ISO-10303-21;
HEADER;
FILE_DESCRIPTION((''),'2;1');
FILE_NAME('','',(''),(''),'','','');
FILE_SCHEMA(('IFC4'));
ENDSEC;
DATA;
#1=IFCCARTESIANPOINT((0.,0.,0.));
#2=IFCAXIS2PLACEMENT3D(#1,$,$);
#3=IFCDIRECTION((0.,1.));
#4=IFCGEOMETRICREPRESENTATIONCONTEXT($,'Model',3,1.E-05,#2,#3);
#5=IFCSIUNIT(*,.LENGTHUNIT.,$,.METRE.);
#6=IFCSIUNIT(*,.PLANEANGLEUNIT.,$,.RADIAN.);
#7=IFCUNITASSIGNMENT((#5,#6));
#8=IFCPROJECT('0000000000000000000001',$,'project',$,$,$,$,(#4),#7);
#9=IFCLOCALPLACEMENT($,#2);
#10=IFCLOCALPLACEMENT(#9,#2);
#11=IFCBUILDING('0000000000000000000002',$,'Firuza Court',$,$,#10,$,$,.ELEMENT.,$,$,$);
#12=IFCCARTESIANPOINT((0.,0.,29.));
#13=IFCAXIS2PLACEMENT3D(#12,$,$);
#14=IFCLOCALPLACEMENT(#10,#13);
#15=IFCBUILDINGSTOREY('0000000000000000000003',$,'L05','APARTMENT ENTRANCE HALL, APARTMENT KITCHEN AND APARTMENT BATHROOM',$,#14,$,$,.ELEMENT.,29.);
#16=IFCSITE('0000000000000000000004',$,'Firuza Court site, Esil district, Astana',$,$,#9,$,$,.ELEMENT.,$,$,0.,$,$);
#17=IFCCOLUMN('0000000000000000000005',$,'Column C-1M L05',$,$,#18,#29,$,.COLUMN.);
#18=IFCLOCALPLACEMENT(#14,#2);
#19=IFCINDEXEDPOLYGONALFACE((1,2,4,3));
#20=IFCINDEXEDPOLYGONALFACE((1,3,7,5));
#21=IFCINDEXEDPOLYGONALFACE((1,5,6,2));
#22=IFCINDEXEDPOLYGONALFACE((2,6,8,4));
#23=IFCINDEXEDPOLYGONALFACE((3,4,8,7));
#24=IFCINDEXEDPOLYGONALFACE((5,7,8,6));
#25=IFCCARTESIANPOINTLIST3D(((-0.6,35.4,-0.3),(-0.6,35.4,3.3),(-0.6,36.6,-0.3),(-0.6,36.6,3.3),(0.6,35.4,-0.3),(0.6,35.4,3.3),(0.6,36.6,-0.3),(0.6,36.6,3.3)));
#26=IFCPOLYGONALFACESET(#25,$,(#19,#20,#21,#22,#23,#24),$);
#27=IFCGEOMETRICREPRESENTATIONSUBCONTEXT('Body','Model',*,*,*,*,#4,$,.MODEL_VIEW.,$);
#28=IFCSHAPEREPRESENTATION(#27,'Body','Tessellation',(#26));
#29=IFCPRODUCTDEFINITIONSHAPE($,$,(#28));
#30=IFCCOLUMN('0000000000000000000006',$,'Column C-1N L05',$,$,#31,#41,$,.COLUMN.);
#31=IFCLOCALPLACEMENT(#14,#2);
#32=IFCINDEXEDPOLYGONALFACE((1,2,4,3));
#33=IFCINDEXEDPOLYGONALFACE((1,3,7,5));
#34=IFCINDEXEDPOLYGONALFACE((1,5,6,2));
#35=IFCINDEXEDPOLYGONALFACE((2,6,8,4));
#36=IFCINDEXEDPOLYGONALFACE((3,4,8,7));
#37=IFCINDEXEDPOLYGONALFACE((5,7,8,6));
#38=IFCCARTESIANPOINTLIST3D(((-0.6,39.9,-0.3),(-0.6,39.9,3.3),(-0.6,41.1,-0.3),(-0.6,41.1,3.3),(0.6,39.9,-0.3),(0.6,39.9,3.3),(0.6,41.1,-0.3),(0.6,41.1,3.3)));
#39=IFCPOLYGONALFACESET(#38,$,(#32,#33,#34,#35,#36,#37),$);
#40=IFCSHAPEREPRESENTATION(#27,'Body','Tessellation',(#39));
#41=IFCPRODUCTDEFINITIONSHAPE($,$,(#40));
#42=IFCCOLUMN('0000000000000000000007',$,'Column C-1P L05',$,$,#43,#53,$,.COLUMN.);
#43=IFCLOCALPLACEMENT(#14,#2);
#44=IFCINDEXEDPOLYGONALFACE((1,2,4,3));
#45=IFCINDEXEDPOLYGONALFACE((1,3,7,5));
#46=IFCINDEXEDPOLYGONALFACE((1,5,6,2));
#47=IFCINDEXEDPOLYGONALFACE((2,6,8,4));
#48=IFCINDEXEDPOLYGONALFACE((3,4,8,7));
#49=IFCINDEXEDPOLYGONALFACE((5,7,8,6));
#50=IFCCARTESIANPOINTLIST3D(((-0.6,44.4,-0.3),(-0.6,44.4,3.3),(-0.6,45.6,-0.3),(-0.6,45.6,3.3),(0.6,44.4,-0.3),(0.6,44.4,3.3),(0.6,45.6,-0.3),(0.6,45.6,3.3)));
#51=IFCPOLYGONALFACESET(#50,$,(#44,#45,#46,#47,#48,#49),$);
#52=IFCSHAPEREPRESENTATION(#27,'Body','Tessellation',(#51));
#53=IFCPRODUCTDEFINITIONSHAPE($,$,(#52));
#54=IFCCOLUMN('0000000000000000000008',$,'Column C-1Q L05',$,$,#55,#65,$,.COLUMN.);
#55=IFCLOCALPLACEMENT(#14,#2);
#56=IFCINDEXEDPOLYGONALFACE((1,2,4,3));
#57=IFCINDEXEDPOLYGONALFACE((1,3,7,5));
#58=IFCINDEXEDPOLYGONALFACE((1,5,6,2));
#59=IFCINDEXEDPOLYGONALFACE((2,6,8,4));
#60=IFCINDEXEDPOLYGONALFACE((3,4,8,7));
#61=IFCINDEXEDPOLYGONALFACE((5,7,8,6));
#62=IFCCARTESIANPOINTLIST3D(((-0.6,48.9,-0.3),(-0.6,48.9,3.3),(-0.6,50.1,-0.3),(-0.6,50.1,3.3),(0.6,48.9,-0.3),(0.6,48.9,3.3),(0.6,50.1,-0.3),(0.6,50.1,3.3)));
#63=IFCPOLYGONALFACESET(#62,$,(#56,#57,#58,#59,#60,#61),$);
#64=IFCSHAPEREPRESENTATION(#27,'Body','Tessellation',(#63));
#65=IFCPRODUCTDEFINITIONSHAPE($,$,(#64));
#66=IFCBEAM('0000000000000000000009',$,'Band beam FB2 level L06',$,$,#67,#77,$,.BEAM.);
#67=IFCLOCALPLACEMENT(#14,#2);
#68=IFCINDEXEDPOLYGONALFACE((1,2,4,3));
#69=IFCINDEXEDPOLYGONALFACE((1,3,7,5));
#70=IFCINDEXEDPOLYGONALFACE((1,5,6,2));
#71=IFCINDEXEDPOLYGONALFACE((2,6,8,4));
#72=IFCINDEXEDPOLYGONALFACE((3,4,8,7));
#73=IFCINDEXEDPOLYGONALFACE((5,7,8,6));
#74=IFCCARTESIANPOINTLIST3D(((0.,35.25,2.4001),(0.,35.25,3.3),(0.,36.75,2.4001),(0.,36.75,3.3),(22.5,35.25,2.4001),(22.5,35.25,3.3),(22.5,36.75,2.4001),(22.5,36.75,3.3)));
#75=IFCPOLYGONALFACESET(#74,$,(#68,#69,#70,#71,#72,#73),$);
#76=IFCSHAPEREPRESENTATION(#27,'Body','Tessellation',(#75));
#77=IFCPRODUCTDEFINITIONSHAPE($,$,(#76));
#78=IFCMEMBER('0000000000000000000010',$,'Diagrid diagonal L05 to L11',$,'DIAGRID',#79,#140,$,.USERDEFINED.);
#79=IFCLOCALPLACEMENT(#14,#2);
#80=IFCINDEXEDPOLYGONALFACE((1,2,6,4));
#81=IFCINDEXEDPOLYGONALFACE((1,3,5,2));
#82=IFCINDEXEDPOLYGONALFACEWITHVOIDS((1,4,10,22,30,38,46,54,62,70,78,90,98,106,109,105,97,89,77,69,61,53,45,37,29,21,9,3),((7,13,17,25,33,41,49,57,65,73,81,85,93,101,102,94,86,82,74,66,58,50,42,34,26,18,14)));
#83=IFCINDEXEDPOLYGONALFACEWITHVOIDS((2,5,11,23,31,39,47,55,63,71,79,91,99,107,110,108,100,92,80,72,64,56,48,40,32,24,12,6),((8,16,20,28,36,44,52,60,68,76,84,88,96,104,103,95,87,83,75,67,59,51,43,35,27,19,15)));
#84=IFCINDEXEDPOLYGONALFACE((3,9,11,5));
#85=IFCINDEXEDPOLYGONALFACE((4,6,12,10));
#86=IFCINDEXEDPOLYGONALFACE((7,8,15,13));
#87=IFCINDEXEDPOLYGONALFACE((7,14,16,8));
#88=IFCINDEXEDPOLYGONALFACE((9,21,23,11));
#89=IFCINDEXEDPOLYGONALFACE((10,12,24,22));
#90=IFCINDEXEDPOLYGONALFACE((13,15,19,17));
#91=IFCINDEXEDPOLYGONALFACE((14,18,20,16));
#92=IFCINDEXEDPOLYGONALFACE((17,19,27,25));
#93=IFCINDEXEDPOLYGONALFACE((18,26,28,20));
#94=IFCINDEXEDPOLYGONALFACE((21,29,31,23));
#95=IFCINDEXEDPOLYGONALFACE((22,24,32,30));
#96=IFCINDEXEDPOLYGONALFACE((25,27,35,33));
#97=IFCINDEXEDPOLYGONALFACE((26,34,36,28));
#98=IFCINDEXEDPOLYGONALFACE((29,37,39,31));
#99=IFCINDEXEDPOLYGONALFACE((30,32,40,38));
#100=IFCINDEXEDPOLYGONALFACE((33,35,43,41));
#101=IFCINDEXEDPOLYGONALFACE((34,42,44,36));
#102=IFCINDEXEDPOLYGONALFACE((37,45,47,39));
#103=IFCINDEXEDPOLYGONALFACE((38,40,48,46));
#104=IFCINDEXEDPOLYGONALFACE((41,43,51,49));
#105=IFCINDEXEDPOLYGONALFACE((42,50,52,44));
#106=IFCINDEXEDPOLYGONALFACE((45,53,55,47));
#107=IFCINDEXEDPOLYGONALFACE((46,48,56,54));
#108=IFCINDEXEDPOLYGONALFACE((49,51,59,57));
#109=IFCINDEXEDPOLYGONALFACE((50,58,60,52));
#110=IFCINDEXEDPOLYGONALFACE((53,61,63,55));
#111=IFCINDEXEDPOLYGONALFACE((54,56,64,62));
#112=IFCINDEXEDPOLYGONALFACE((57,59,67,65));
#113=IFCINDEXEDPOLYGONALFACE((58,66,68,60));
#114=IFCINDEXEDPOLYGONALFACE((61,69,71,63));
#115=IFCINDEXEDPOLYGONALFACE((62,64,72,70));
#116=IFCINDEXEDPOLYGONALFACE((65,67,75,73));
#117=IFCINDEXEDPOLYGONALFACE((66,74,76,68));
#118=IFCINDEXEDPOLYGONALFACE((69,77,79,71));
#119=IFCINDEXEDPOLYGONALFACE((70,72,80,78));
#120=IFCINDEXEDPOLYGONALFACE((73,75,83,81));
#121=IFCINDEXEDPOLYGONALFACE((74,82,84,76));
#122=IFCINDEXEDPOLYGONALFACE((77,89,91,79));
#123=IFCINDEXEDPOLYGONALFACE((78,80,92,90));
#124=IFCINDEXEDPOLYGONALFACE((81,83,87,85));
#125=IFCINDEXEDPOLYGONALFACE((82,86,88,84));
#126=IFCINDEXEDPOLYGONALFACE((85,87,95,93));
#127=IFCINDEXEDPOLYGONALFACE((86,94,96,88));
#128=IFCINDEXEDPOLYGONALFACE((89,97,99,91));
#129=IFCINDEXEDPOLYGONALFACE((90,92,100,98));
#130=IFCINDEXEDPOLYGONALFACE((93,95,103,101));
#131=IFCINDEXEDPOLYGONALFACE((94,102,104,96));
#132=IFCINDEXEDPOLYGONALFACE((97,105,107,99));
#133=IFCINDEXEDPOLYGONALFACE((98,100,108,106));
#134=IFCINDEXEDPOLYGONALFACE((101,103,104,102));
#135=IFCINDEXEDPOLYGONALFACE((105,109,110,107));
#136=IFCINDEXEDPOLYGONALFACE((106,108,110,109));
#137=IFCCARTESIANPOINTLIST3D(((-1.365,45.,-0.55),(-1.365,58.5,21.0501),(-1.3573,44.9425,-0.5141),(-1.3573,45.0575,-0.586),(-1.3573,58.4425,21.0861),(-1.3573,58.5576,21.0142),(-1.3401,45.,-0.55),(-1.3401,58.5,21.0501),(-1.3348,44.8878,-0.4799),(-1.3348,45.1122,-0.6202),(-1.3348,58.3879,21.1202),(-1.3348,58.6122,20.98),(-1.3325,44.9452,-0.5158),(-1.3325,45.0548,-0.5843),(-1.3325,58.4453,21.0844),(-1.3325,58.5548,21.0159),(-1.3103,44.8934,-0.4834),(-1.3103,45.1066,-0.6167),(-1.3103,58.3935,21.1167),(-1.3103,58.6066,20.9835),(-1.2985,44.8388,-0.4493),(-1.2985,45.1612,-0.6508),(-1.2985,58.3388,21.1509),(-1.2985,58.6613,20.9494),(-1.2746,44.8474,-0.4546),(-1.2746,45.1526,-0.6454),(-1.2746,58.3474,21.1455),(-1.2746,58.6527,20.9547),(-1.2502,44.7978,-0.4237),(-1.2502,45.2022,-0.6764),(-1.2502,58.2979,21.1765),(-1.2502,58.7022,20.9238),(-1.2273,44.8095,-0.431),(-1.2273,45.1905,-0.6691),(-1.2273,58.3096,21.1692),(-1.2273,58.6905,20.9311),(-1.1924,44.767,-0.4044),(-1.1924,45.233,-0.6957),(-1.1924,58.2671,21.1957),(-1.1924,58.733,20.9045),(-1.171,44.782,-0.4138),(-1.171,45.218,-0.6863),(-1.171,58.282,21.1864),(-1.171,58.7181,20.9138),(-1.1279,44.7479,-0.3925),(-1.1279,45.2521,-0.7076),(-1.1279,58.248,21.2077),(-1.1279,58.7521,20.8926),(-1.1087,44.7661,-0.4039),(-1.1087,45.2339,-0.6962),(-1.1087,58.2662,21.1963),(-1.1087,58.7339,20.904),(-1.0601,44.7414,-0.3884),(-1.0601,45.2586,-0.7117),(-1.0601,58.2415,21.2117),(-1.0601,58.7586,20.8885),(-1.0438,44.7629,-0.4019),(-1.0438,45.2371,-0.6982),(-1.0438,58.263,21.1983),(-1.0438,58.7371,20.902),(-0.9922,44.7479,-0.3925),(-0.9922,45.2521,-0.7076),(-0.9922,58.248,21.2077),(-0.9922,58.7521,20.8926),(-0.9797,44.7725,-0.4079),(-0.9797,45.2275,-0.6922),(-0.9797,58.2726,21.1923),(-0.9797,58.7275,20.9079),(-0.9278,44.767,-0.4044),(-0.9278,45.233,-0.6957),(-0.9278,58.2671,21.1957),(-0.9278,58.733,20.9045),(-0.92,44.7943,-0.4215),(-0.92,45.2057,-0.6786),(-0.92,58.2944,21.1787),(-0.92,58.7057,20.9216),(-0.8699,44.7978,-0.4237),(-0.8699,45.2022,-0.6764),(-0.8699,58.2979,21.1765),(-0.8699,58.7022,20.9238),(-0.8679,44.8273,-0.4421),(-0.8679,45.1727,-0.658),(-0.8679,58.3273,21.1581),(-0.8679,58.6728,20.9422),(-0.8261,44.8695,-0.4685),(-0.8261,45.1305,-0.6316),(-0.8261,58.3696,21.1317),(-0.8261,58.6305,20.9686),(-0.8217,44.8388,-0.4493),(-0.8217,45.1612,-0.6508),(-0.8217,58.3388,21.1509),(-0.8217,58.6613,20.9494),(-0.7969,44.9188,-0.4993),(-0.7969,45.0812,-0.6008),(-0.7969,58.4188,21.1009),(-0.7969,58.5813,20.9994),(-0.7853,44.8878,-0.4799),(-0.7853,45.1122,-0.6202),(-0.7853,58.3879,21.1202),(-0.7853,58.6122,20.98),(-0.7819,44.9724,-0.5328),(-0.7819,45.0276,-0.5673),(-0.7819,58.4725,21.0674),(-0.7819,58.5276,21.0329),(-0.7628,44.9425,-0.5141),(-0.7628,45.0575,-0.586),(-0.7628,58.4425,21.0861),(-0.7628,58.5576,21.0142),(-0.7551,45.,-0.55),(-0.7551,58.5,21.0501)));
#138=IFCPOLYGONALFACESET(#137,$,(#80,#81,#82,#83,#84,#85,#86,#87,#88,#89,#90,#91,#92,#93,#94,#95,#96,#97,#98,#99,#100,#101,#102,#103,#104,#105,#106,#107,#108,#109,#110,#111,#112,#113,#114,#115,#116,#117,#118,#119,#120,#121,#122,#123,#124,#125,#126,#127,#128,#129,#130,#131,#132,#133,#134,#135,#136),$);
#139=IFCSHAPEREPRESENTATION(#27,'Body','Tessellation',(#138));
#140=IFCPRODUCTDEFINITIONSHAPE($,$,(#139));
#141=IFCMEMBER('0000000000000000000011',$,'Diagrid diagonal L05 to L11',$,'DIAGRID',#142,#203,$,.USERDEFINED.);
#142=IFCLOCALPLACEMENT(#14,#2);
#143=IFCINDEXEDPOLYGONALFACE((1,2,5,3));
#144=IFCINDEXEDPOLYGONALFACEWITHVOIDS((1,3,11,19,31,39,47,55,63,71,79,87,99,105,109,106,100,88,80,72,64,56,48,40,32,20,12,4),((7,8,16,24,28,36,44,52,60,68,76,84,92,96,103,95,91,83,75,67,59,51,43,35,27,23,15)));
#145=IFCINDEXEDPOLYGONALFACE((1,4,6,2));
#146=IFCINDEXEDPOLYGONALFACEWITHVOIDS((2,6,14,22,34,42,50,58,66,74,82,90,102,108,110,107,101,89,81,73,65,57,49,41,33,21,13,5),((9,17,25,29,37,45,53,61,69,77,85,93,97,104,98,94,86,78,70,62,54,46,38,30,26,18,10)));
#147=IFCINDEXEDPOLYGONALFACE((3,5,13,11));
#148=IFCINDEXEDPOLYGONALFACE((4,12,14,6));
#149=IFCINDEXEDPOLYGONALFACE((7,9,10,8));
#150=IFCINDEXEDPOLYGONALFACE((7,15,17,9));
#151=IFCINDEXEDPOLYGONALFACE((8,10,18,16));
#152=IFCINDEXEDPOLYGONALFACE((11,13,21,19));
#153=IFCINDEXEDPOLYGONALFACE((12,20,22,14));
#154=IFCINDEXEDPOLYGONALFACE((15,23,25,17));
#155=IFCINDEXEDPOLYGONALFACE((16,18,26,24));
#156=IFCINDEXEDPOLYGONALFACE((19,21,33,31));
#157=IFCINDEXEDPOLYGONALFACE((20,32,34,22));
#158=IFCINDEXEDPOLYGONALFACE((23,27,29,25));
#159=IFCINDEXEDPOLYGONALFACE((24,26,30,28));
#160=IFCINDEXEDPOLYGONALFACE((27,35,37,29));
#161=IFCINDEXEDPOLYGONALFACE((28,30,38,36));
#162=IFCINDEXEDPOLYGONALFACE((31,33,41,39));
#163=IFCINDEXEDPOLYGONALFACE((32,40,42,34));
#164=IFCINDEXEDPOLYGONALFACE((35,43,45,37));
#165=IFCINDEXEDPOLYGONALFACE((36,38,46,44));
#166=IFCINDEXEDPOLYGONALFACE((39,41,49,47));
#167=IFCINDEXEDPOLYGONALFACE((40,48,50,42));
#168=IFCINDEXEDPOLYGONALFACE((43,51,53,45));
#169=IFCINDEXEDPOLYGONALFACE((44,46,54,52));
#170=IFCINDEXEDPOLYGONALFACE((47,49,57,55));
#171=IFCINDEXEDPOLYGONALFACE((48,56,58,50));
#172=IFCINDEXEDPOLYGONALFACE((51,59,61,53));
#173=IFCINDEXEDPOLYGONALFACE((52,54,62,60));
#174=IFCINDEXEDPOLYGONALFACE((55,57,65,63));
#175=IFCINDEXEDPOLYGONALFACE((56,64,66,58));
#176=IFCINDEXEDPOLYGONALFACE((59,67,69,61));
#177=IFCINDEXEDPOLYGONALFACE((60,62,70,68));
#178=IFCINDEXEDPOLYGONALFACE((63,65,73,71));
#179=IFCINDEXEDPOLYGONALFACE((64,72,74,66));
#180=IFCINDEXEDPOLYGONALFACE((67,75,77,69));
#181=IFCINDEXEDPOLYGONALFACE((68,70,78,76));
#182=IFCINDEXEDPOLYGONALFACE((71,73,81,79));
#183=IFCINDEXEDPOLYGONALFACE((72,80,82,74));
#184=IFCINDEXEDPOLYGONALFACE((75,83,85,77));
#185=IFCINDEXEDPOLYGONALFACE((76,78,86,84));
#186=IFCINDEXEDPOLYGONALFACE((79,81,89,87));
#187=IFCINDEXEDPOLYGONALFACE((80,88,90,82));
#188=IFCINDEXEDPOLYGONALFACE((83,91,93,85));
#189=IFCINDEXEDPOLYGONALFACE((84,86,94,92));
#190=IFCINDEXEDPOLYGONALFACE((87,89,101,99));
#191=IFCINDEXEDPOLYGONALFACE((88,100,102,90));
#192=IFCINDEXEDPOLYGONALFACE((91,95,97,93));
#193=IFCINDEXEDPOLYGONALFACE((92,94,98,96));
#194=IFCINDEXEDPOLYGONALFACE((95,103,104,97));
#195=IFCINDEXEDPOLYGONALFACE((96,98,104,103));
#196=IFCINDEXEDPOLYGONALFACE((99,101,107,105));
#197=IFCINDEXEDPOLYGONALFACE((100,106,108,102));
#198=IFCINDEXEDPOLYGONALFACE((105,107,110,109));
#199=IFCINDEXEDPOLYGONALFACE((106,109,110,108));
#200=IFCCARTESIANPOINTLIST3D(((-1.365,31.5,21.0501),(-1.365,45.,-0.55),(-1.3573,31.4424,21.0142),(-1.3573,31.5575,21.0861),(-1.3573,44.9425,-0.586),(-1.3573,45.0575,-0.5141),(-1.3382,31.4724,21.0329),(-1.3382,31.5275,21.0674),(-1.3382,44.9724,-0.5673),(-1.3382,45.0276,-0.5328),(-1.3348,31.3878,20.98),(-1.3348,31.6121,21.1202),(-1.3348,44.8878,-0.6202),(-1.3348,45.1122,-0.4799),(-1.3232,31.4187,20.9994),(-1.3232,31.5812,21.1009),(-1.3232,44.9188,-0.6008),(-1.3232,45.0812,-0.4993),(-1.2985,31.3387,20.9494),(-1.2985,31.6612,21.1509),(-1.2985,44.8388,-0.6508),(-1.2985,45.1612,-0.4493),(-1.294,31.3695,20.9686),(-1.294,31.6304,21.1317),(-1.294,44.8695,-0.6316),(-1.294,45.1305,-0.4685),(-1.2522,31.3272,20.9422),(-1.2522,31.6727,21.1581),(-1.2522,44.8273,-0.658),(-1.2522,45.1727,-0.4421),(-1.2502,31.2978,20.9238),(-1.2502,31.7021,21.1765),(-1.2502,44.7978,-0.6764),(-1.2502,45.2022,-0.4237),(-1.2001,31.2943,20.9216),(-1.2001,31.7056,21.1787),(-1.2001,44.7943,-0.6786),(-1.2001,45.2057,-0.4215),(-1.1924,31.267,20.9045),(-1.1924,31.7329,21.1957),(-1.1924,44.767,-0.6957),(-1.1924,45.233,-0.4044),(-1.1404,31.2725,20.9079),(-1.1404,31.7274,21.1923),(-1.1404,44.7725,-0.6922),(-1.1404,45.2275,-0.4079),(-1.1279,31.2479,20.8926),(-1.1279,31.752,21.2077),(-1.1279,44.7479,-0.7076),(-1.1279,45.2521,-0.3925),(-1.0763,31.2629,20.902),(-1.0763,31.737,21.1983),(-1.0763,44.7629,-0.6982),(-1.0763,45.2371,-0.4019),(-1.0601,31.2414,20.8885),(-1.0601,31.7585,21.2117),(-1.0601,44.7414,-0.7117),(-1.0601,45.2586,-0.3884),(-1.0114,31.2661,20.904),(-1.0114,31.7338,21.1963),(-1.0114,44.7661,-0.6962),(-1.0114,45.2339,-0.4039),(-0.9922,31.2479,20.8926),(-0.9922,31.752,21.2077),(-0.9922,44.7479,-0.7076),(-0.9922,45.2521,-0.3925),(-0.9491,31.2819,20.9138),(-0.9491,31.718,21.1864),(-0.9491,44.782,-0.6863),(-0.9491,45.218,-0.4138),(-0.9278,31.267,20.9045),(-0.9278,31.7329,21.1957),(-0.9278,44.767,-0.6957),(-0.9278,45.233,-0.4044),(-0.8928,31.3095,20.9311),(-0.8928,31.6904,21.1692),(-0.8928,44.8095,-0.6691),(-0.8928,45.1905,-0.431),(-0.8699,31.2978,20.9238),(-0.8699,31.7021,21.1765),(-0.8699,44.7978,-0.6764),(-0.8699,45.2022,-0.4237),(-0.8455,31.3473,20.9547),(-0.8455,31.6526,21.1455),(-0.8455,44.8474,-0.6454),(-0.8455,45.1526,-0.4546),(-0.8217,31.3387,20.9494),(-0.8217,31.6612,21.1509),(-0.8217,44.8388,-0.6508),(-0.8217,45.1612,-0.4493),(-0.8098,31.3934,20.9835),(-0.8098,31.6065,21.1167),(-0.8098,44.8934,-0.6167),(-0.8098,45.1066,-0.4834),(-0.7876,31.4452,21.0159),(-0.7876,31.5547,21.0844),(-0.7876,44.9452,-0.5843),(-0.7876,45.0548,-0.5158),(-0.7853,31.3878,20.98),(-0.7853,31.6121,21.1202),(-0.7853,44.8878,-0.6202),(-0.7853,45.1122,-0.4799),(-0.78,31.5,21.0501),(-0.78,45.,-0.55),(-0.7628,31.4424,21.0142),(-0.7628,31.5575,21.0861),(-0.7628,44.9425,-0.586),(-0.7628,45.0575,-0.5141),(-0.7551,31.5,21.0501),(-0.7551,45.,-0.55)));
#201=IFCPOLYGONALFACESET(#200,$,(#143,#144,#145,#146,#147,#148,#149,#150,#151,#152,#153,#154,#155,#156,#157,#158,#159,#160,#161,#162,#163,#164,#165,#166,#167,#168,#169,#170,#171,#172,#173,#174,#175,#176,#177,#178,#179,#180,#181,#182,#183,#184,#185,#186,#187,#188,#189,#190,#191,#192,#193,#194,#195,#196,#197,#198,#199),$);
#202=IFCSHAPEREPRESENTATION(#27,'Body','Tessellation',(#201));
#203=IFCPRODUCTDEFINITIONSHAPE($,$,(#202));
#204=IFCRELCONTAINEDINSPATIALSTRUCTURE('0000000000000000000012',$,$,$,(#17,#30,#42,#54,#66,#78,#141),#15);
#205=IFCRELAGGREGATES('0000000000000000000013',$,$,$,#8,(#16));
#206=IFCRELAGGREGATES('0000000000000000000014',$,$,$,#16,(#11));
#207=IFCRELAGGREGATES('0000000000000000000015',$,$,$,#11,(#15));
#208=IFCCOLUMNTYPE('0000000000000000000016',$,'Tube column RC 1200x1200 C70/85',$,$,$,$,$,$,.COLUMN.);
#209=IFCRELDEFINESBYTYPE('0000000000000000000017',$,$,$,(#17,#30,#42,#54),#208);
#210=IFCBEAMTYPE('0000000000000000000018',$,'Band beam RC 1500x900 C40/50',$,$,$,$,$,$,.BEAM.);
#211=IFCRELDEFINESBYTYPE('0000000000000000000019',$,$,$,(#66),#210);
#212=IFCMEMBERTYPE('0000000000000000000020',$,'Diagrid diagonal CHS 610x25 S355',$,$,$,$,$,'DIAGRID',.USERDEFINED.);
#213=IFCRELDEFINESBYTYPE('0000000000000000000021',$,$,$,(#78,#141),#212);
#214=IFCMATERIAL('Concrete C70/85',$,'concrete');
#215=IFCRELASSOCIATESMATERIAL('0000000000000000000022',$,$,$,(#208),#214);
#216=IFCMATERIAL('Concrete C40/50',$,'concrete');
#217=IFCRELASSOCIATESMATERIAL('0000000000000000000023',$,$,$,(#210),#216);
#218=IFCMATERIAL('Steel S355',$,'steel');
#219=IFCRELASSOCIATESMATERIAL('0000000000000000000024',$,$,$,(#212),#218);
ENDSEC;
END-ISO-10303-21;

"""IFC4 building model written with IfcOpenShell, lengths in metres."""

from ifc_helpers import new_model, si_unit, direction, frame, origin, origin_2d, place, context, subcontext, project, spatial, rectangle, hollow_circle, extrude, material, material_profile, profile_set, type_object, element, save


model = new_model("IFC4")

# Units and contexts
model_context = context("Model", 3, precision=1e-05, world=origin(), true_north=direction((0.0, 1.0)))
body_context = subcontext(model_context, "Body", "Model", "MODEL_VIEW")
ifc_project = project(units=[si_unit("LENGTHUNIT", "METRE"), si_unit("PLANEANGLEUNIT", "RADIAN")], contexts=[model_context])

# Site, building, storey
site_placement = place(None, origin())
site = spatial("IfcSite", under=ifc_project, at=site_placement, Name="Firuza Court site, Esil district, Astana", CompositionType="ELEMENT", RefElevation=0.0)
building_placement = place(site_placement, origin())
building = spatial("IfcBuilding", under=site, at=building_placement, Name="Firuza Court", CompositionType="ELEMENT")
storey_placement = place(building_placement, frame((0.0, 0.0, 29.0)))
storey = spatial("IfcBuildingStorey", under=building, at=storey_placement, Name="L05", Description="APARTMENT ENTRANCE HALL, APARTMENT KITCHEN AND APARTMENT BATHROOM", CompositionType="ELEMENT", Elevation=29.0)

# Columns
ifc_material_1 = material(Name="Concrete C70/85", Category="concrete")
ifc_material_profile_1 = material_profile(ifc_material_1, rectangle(XDim=1.2, YDim=1.2, at=origin_2d()), Name="RC 1200x1200")
ifc_profile_set_1 = profile_set([ifc_material_profile_1], Name="Concrete C70/85")
column_type = type_object("IfcColumnType", Name="Tube column RC 1200x1200 C70/85", PredefinedType="COLUMN", material=ifc_profile_set_1)
for number, where, z_axis, x_axis, name in (
    (1, (0.0, 36.0, -0.3), (0.0, 0.0, 1.0), (1.0, 0.0, 0.0), "Column C-1M L05"),
    (2, (0.0, 40.5, -0.3), (0.0, 0.0, 1.0), (1.0, 0.0, 0.0), "Column C-1N L05"),
    (3, (0.0, 45.0, -0.3), (0.0, 0.0, 1.0), (1.0, 0.0, 0.0), "Column C-1P L05"),
    (4, (0.0, 49.5, -0.3), (0.0, 0.0, 1.0), (1.0, 0.0, 0.0), "Column C-1Q L05"),
):
    element("IfcColumn", number, at=place(storey_placement, frame(where, z_axis=z_axis, x_axis=x_axis)), inside=storey, type_object=column_type, Name=name, PredefinedType="COLUMN", context=body_context, shape_type="SweptSolid", body=[
        extrude(rectangle(XDim=1.2, YDim=1.2, at=origin_2d()), origin(), (0.0, 0.0, 1.0), 3.6001),
    ])

# Beam
ifc_material_2 = material(Name="Concrete C40/50", Category="concrete")
ifc_material_profile_2 = material_profile(ifc_material_2, rectangle(XDim=1.5, YDim=0.8999, at=origin_2d()), Name="RC 1500x900")
ifc_profile_set_2 = profile_set([ifc_material_profile_2], Name="Concrete C40/50")
beam_type_1 = type_object("IfcBeamType", Name="Band beam RC 1500x900 C40/50", PredefinedType="BEAM", material=ifc_profile_set_2)
beam_placement = place(storey_placement, frame((0.0, 36.0, 2.8501), z_axis=(1.0, 0.0, 0.0), x_axis=(0.0, 1.0, 0.0)))
element("IfcBeam", 5, at=beam_placement, inside=storey, type_object=beam_type_1, Name="Band beam FB2 level L06", PredefinedType="BEAM", context=body_context, shape_type="SweptSolid", body=[
    extrude(rectangle(XDim=1.5, YDim=0.8999, at=origin_2d()), origin(), (0.0, 0.0, 1.0), 22.5),
])

# Members
ifc_material_3 = material(Name="Steel S355", Category="steel")
ifc_material_profile_3 = material_profile(ifc_material_3, hollow_circle(Radius=0.3049, WallThickness=0.0249, at=origin_2d()), Name="CHS 610x25")
ifc_profile_set_3 = profile_set([ifc_material_profile_3], Name="Steel S355")
member_type = type_object("IfcMemberType", Name="Diagrid diagonal CHS 610x25 S355", ElementType="DIAGRID", PredefinedType="USERDEFINED", material=ifc_profile_set_3)
for number, where, z_axis, x_axis, name in (
    (6, (-1.0601, 45.0, -0.55), (0.0, 0.529997, 0.847999), (-1.0, 0.0, 0.0), "Diagrid diagonal L05 to L11"),
    (7, (-1.0601, 45.0, -0.55), (0.0, -0.529997, 0.847999), (1.0, 0.0, 0.0), "Diagrid diagonal L05 to L11"),
):
    element("IfcMember", number, at=place(storey_placement, frame(where, z_axis=z_axis, x_axis=x_axis)), inside=storey, type_object=member_type, Name=name, ObjectType="DIAGRID", PredefinedType="USERDEFINED", context=body_context, shape_type="SweptSolid", body=[
        extrude(hollow_circle(Radius=0.3049, WallThickness=0.0249, at=origin_2d()), origin(), (0.0, 0.0, 1.0), 25.4719),
    ])

save(model, "model.ifc")
